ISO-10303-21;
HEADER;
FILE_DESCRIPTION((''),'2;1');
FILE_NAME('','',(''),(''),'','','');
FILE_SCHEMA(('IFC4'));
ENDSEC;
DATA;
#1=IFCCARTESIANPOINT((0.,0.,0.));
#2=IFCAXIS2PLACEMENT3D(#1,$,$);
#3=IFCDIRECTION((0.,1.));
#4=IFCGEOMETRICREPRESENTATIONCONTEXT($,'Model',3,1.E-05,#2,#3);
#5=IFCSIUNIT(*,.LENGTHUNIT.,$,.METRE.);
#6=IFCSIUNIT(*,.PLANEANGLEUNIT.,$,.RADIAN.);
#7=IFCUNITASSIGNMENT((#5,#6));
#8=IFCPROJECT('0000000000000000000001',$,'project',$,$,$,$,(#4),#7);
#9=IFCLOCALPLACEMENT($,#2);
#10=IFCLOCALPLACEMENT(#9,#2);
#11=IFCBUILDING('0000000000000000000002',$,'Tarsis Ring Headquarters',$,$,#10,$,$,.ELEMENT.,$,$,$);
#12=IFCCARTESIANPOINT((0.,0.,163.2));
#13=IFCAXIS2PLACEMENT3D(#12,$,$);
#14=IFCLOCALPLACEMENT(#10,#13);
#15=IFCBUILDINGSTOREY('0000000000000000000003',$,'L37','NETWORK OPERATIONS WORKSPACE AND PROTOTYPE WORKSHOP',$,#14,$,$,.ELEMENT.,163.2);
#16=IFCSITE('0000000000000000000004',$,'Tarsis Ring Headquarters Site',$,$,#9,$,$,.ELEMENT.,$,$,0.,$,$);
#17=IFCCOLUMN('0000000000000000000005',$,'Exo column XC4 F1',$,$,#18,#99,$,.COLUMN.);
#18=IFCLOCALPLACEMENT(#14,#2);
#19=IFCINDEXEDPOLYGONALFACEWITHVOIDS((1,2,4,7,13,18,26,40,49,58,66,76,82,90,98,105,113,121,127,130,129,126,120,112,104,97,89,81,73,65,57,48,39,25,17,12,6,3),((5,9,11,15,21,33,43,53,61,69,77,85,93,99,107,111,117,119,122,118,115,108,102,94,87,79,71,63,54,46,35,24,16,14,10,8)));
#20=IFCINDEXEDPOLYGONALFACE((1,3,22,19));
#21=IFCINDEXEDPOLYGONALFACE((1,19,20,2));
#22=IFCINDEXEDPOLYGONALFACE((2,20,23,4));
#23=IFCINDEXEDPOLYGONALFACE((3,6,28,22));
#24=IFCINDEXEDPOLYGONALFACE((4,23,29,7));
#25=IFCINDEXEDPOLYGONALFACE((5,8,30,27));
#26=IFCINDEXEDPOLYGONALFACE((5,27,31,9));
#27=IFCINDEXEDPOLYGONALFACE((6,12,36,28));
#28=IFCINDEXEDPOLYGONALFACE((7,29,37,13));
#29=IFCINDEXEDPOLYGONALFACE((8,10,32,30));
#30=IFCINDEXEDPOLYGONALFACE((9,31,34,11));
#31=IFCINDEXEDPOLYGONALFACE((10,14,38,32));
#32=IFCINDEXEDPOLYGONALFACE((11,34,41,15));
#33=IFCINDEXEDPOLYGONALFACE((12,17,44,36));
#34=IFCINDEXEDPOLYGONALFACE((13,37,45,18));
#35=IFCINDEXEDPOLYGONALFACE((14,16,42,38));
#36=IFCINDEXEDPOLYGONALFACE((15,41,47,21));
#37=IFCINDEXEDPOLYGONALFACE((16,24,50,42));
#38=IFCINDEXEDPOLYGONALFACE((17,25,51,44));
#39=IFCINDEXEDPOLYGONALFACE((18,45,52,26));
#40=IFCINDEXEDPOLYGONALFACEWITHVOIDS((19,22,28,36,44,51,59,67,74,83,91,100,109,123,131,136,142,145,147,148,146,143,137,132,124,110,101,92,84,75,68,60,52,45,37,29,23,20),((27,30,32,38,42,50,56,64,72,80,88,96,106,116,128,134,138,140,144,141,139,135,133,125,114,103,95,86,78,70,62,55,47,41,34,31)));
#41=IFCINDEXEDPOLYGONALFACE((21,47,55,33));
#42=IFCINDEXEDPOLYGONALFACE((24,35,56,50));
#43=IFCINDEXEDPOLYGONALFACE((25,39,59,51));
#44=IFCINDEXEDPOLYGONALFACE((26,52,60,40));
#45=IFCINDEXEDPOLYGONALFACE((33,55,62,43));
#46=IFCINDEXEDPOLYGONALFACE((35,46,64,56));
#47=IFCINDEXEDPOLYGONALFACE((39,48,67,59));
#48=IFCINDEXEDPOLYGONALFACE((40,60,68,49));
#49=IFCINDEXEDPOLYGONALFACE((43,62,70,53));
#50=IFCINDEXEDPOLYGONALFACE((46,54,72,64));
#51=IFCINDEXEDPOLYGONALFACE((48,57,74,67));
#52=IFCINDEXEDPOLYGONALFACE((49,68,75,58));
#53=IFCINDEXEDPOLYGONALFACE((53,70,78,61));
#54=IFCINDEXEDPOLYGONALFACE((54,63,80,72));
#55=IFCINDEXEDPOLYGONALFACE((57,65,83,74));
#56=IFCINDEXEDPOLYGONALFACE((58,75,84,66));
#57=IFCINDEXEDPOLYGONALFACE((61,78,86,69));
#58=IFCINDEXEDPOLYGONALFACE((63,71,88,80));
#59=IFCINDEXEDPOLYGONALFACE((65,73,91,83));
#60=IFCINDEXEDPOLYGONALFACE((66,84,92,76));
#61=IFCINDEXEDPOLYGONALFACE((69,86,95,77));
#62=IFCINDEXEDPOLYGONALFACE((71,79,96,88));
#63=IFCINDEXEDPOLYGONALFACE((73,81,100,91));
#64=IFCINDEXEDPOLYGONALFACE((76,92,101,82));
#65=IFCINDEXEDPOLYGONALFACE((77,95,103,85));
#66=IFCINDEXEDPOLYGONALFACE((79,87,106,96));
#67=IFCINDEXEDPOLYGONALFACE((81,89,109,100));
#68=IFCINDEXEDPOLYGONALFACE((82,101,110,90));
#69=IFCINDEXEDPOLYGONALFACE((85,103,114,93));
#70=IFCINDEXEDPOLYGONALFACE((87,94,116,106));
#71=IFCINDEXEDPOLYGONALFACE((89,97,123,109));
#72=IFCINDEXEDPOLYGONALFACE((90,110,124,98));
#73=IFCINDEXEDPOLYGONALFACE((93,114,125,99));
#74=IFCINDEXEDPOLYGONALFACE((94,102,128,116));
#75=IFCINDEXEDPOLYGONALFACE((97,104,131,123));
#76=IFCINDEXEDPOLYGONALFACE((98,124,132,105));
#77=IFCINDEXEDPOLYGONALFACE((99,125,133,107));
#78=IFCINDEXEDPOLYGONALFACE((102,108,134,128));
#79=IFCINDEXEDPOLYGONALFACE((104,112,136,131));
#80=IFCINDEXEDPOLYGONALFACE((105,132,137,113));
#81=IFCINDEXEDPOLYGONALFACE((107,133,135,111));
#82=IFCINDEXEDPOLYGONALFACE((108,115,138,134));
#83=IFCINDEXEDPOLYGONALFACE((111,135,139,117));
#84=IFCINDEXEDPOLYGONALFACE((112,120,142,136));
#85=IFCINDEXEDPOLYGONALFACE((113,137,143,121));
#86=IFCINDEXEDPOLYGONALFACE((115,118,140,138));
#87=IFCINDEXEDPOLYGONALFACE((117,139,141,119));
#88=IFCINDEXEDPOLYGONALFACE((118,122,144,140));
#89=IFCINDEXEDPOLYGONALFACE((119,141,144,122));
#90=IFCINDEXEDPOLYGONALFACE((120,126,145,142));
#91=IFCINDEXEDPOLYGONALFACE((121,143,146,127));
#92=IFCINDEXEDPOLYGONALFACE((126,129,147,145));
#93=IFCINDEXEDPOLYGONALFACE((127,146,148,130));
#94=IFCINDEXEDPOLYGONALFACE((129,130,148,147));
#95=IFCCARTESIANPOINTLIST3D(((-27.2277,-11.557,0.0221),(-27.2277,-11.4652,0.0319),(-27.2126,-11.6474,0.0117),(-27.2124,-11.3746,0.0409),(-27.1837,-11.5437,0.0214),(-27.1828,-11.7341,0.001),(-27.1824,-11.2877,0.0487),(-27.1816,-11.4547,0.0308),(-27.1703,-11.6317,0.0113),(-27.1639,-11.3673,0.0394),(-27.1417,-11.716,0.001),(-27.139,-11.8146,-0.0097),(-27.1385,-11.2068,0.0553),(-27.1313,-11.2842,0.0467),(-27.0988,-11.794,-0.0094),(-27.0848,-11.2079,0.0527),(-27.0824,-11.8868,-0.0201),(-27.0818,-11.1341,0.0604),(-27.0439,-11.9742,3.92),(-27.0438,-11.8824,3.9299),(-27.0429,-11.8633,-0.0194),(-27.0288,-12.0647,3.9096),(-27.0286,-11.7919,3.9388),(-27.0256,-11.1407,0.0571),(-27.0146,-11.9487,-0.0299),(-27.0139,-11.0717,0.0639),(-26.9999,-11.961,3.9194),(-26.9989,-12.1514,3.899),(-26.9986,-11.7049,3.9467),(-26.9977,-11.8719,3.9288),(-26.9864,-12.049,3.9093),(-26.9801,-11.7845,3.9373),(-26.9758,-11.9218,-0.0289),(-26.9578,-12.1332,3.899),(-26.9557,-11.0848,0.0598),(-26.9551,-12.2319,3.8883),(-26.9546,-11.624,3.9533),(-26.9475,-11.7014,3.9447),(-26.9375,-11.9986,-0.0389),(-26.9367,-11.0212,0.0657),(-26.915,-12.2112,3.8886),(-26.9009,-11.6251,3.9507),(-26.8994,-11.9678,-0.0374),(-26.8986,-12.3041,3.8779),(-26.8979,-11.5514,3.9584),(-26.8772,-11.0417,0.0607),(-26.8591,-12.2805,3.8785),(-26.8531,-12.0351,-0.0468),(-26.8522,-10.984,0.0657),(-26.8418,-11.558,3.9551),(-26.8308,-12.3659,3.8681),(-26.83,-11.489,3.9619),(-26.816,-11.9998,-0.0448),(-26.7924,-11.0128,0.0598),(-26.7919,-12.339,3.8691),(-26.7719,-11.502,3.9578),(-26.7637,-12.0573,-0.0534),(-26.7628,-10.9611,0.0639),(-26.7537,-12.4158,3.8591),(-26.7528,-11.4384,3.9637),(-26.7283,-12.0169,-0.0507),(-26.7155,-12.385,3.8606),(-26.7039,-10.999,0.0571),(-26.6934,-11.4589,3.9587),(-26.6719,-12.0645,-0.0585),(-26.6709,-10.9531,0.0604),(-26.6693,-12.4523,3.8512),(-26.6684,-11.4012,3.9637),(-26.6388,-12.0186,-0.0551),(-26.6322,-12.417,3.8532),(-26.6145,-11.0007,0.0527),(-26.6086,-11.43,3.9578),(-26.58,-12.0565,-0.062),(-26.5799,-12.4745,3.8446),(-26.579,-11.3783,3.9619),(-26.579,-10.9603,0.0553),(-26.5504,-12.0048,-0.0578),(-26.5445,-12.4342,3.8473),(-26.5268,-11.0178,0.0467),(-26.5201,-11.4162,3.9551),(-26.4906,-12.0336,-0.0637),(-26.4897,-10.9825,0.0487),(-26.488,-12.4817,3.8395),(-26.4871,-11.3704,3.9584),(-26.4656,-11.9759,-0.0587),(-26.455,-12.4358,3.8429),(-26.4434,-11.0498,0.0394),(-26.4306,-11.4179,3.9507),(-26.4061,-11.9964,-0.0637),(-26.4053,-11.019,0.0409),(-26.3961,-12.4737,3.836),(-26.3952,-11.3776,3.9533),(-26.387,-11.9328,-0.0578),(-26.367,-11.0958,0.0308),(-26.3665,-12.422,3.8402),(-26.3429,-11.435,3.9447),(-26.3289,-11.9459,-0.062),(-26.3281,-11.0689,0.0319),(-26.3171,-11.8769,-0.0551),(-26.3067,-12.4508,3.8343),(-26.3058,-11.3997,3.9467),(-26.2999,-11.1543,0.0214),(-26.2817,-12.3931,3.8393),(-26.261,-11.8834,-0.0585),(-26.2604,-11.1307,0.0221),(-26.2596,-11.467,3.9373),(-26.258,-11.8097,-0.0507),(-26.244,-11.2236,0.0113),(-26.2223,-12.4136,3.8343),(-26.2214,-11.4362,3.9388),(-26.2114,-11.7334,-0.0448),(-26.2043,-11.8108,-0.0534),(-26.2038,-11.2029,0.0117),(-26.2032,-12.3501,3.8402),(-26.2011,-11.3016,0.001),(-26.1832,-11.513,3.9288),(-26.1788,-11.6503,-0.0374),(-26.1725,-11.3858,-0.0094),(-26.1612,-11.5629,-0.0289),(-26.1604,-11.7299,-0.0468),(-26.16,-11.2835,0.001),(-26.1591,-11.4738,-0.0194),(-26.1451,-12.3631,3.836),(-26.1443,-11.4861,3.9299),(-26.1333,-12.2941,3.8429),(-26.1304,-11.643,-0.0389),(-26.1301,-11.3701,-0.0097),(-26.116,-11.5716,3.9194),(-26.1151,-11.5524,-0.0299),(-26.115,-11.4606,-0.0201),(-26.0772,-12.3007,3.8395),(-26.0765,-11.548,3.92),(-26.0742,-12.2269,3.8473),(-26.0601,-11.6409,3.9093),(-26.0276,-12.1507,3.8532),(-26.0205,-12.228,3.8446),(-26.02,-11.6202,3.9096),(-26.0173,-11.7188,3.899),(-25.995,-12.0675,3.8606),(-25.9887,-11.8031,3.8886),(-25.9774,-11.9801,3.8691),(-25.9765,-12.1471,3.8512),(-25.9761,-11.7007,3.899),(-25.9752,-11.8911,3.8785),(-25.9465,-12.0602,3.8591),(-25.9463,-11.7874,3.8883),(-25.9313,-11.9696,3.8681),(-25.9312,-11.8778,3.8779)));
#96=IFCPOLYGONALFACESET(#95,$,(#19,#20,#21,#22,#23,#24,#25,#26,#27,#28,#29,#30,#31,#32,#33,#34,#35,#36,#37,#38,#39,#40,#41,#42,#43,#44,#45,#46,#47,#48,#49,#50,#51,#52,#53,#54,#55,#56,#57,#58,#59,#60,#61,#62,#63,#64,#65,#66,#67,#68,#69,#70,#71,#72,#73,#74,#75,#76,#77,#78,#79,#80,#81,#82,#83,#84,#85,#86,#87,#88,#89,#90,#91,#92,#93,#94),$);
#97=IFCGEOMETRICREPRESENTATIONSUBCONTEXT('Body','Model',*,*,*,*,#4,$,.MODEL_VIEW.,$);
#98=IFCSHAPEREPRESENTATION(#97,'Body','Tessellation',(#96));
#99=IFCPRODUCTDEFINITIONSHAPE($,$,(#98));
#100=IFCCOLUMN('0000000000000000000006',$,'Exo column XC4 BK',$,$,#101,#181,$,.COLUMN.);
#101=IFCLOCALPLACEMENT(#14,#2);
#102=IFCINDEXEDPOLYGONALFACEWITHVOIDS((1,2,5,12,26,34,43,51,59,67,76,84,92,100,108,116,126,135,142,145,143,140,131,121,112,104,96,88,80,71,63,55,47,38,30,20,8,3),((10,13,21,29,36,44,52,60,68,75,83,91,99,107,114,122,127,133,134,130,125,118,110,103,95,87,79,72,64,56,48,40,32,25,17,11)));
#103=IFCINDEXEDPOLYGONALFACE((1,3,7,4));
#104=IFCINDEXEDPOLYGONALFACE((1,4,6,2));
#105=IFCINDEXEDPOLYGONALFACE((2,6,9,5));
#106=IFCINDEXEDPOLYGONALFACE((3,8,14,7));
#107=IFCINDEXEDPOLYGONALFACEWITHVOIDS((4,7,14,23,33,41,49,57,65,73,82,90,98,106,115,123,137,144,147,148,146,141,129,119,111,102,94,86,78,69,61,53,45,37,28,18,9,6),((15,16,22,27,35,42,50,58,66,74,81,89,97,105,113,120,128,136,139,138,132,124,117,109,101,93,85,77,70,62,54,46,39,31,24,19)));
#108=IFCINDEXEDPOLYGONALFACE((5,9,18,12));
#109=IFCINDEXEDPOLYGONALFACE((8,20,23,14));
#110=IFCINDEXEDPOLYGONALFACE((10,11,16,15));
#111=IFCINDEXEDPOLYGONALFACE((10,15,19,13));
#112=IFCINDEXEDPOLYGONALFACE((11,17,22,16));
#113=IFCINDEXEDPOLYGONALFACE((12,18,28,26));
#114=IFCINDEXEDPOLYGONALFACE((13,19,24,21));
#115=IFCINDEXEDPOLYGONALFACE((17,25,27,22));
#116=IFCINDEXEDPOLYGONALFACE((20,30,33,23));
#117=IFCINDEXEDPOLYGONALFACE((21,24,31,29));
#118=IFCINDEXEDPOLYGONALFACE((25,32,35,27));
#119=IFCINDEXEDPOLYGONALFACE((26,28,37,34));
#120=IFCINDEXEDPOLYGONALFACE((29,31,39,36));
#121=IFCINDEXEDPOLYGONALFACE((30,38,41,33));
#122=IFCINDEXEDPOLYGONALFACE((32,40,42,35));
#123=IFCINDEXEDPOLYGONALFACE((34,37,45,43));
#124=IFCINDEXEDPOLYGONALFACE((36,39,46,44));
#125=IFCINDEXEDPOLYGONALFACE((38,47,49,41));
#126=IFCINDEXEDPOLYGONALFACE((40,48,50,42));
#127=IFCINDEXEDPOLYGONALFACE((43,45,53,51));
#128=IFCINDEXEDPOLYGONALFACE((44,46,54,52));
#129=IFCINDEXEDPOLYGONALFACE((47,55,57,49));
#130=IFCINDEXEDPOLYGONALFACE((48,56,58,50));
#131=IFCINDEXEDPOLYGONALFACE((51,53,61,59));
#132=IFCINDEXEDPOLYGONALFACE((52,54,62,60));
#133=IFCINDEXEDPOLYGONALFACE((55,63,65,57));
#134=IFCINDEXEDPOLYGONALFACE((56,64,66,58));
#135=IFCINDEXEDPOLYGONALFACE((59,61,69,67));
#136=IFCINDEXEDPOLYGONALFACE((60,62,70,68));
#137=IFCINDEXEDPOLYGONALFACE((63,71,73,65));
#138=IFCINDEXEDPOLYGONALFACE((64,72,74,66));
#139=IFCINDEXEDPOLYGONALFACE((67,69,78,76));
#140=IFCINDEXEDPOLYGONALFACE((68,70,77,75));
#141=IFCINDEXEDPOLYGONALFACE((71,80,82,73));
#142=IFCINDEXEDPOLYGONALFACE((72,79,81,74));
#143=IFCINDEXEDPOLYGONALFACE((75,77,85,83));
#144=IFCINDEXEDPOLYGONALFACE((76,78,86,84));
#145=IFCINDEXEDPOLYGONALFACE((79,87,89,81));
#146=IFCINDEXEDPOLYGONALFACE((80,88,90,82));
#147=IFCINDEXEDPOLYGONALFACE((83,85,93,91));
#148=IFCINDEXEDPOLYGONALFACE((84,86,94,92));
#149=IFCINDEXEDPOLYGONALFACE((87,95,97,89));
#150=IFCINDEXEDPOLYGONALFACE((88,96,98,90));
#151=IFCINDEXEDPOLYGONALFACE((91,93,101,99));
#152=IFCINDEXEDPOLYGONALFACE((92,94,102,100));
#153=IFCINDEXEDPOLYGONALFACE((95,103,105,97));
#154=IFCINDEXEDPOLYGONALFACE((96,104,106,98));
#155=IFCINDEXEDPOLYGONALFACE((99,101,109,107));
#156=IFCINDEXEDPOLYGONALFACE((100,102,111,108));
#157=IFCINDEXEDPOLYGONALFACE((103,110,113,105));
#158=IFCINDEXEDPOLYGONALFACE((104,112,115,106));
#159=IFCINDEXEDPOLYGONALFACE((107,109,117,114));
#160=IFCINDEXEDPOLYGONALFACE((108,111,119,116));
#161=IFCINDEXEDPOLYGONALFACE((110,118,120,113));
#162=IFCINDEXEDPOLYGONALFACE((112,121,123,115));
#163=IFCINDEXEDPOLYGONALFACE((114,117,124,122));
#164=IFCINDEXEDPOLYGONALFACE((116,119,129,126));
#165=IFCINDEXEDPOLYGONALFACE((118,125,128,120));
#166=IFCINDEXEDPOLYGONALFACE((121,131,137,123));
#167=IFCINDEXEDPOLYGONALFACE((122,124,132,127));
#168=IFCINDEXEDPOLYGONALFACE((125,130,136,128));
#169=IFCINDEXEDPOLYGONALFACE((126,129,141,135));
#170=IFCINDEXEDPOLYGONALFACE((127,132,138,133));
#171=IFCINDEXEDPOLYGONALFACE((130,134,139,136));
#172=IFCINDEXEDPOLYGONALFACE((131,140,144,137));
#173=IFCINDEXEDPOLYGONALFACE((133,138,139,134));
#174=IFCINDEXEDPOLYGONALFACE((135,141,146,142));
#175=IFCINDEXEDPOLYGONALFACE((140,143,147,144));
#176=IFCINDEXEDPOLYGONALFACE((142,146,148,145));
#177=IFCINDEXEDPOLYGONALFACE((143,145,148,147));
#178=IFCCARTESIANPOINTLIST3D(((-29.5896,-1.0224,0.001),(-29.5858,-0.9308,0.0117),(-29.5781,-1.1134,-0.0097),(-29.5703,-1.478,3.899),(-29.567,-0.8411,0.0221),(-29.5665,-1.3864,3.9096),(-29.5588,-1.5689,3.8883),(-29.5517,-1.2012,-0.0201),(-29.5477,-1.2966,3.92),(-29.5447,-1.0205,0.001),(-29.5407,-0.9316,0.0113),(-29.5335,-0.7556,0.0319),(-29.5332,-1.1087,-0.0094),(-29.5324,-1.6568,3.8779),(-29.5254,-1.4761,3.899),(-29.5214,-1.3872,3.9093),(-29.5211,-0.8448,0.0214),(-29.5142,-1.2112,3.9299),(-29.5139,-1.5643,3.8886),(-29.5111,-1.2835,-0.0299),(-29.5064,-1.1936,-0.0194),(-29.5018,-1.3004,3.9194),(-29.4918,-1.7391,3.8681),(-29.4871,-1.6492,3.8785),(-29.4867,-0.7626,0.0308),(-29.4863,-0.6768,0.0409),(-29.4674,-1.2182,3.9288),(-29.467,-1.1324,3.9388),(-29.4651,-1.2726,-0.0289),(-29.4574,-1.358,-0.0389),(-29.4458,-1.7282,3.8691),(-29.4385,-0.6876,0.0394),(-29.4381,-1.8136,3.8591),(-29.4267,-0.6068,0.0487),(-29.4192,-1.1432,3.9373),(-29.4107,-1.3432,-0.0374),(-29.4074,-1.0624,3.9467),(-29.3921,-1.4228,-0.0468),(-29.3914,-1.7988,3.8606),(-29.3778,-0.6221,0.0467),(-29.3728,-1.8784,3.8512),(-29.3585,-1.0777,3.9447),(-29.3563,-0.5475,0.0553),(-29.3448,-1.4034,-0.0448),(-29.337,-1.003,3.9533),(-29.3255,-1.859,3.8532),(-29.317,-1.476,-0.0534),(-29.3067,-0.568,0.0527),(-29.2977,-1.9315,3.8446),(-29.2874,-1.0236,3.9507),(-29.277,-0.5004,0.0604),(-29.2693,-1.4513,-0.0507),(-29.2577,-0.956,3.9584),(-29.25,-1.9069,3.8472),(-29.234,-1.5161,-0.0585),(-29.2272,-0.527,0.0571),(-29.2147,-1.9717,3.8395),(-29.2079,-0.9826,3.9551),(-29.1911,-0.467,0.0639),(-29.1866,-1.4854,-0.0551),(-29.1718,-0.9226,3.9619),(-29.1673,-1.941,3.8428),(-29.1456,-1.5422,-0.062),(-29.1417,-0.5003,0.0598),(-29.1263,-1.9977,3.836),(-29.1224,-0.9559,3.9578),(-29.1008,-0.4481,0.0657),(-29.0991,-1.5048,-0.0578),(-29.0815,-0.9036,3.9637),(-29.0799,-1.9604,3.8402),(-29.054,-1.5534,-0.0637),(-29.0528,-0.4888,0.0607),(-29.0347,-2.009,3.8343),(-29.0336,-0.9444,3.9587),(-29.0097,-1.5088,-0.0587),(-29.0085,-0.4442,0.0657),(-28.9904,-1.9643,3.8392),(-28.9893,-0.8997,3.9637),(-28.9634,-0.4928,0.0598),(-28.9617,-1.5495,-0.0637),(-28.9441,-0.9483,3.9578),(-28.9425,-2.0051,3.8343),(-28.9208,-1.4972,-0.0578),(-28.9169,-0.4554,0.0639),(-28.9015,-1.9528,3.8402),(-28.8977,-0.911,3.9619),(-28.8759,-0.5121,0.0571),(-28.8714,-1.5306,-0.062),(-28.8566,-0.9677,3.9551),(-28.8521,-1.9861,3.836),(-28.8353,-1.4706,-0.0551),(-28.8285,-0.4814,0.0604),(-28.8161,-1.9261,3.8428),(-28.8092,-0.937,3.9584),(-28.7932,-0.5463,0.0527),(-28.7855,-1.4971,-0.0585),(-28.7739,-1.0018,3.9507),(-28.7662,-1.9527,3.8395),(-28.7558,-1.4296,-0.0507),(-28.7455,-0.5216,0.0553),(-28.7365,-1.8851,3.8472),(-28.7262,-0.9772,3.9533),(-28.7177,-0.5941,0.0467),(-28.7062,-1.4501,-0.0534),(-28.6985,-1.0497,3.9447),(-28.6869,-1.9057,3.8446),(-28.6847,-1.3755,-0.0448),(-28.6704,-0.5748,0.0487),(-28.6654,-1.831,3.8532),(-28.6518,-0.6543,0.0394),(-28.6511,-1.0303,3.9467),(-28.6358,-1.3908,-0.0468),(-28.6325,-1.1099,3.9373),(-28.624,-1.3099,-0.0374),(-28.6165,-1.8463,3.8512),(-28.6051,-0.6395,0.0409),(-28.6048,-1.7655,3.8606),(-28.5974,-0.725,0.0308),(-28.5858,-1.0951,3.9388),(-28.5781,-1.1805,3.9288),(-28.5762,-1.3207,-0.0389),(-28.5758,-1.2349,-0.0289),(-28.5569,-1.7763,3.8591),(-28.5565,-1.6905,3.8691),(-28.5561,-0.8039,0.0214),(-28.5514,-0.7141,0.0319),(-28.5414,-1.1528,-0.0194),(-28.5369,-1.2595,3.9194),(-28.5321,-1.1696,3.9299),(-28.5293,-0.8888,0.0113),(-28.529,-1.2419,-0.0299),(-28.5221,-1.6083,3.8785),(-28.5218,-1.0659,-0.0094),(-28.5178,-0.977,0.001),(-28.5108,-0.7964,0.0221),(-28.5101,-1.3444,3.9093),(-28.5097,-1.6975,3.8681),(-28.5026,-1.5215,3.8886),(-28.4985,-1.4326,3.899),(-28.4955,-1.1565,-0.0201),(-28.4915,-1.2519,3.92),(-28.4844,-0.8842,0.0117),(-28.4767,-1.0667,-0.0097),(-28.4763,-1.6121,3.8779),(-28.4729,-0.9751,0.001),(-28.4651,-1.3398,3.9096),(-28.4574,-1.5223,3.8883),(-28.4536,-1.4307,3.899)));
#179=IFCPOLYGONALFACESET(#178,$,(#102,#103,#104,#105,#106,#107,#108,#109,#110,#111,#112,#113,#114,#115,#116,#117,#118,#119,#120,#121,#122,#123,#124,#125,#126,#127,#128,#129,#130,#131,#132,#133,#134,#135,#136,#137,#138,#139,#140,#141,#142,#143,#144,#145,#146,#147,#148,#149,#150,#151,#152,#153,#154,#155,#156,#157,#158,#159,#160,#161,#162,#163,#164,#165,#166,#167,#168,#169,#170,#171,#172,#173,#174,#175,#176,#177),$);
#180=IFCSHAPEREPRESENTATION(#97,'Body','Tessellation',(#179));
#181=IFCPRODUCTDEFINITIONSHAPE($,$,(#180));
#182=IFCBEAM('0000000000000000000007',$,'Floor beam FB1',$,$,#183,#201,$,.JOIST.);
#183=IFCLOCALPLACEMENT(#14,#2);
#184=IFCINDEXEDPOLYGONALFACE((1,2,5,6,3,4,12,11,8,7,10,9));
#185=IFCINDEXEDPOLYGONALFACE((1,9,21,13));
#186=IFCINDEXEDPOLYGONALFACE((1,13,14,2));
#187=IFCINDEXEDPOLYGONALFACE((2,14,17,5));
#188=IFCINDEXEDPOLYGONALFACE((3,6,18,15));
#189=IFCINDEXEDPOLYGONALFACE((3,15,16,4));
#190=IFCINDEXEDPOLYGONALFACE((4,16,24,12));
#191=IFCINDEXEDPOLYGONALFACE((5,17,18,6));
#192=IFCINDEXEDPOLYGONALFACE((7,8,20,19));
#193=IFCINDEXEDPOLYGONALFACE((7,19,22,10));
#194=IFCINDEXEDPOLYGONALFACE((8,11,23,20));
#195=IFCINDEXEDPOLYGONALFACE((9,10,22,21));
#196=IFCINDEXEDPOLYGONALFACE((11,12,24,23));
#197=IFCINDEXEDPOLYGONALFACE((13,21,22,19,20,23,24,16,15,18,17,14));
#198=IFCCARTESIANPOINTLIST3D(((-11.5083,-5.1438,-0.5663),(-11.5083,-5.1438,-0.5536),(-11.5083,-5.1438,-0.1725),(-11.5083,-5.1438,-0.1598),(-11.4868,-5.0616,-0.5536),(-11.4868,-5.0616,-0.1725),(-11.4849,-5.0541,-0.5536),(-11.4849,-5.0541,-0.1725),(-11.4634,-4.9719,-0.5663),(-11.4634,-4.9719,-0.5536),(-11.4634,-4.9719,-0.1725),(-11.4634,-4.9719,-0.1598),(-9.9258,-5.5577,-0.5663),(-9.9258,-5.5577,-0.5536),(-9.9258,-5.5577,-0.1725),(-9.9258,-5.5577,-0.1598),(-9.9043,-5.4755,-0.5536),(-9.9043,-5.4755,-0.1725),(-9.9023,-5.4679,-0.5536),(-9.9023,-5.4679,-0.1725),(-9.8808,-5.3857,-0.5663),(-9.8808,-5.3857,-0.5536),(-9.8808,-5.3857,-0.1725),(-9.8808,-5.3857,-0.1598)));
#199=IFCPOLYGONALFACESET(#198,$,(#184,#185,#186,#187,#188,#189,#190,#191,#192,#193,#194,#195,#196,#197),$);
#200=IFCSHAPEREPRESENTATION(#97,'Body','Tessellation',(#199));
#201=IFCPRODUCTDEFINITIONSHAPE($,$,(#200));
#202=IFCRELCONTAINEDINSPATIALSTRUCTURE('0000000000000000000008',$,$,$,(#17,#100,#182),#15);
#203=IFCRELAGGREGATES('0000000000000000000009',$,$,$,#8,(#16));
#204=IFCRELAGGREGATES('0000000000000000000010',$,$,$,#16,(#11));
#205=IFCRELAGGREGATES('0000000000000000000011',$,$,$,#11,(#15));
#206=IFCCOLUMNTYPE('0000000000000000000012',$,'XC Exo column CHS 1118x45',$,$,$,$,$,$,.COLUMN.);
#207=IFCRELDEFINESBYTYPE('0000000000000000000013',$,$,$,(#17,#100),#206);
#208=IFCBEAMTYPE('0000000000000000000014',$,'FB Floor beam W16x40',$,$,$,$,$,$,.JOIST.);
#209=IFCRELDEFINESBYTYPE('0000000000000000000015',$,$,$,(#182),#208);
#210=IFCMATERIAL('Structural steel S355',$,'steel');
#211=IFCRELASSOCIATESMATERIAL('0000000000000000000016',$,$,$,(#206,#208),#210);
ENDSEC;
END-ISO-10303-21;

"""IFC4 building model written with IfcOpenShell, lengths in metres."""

from ifc_helpers import new_model, si_unit, direction, frame, origin, origin_2d, place, context, subcontext, project, spatial, hollow_circle, i_section, extrude, material, material_profile, profile_set, type_object, element, save


model = new_model("IFC4")

# Units and contexts
model_context = context("Model", 3, precision=1e-05, world=origin(), true_north=direction((0.0, 1.0)))
body_context = subcontext(model_context, "Body", "Model", "MODEL_VIEW")
ifc_project = project(units=[si_unit("LENGTHUNIT", "METRE"), si_unit("PLANEANGLEUNIT", "RADIAN")], contexts=[model_context])

# Site, building, storey
site_placement = place(None, origin())
site = spatial("IfcSite", under=ifc_project, at=site_placement, Name="Tarsis Ring Headquarters Site", CompositionType="ELEMENT", RefElevation=0.0)
building_placement = place(site_placement, origin())
building = spatial("IfcBuilding", under=site, at=building_placement, Name="Tarsis Ring Headquarters", CompositionType="ELEMENT")
storey_placement = place(building_placement, frame((0.0, 0.0, 163.2)))
storey = spatial("IfcBuildingStorey", under=building, at=storey_placement, Name="L37", Description="NETWORK OPERATIONS WORKSPACE AND PROTOTYPE WORKSHOP", CompositionType="ELEMENT", Elevation=163.2)

# Columns
ifc_material_1 = material(Name="Structural steel S355", Category="steel")
ifc_material_profile_1 = material_profile(ifc_material_1, hollow_circle(Radius=0.5588, WallThickness=0.0449, at=origin_2d()), Name="CHS 1118x45")
ifc_profile_set_1 = profile_set([ifc_material_profile_1], Name="Structural steel S355")
column_type = type_object("IfcColumnType", Name="XC Exo column CHS 1118x45", PredefinedType="COLUMN", material=ifc_profile_set_1)
for number, where, z_axis, x_axis, name in (
    (1, (-26.6714, -11.5088, 0.001), (0.046843, -0.106315, 0.993228), (0.91511, 0.403205, 0.0), "Exo column XC4 F1"),
    (2, (-29.0312, -0.9988, 0.001), (0.004915, -0.116082, 0.993227), (0.999105, 0.042299, 0.0), "Exo column XC4 BK"),
):
    element("IfcColumn", number, at=place(storey_placement, frame(where, z_axis=z_axis, x_axis=x_axis)), inside=storey, type_object=column_type, Name=name, PredefinedType="COLUMN", context=body_context, shape_type="SweptSolid", body=[
        extrude(hollow_circle(Radius=0.5588, WallThickness=0.0449, at=origin_2d()), origin(), (0.0, 0.0, 1.0), 3.9246),
    ])

# Beam
ifc_material_profile_2 = material_profile(ifc_material_1, i_section(OverallWidth=0.1777, OverallDepth=0.4065, WebThickness=0.0078, FlangeThickness=0.0127, at=origin_2d()), Name="W16x40")
ifc_profile_set_2 = profile_set([ifc_material_profile_2], Name="Structural steel S355")
beam_type_1 = type_object("IfcBeamType", Name="FB Floor beam W16x40", PredefinedType="JOIST", material=ifc_profile_set_2)
beam_1_placement = place(storey_placement, frame((-11.4858, -5.0579, -0.363), z_axis=(0.96747, -0.252987, 0.0), x_axis=(0.252987, 0.96747, 0.0)))
element("IfcBeam", 3, at=beam_1_placement, inside=storey, type_object=beam_type_1, Name="Floor beam FB1", PredefinedType="JOIST", context=body_context, shape_type="SweptSolid", body=[
    extrude(i_section(OverallWidth=0.1777, OverallDepth=0.4065, WebThickness=0.0078, FlangeThickness=0.0127, at=origin_2d()), origin(), (0.0, 0.0, 1.0), 1.6357),
])

save(model, "model.ifc")
